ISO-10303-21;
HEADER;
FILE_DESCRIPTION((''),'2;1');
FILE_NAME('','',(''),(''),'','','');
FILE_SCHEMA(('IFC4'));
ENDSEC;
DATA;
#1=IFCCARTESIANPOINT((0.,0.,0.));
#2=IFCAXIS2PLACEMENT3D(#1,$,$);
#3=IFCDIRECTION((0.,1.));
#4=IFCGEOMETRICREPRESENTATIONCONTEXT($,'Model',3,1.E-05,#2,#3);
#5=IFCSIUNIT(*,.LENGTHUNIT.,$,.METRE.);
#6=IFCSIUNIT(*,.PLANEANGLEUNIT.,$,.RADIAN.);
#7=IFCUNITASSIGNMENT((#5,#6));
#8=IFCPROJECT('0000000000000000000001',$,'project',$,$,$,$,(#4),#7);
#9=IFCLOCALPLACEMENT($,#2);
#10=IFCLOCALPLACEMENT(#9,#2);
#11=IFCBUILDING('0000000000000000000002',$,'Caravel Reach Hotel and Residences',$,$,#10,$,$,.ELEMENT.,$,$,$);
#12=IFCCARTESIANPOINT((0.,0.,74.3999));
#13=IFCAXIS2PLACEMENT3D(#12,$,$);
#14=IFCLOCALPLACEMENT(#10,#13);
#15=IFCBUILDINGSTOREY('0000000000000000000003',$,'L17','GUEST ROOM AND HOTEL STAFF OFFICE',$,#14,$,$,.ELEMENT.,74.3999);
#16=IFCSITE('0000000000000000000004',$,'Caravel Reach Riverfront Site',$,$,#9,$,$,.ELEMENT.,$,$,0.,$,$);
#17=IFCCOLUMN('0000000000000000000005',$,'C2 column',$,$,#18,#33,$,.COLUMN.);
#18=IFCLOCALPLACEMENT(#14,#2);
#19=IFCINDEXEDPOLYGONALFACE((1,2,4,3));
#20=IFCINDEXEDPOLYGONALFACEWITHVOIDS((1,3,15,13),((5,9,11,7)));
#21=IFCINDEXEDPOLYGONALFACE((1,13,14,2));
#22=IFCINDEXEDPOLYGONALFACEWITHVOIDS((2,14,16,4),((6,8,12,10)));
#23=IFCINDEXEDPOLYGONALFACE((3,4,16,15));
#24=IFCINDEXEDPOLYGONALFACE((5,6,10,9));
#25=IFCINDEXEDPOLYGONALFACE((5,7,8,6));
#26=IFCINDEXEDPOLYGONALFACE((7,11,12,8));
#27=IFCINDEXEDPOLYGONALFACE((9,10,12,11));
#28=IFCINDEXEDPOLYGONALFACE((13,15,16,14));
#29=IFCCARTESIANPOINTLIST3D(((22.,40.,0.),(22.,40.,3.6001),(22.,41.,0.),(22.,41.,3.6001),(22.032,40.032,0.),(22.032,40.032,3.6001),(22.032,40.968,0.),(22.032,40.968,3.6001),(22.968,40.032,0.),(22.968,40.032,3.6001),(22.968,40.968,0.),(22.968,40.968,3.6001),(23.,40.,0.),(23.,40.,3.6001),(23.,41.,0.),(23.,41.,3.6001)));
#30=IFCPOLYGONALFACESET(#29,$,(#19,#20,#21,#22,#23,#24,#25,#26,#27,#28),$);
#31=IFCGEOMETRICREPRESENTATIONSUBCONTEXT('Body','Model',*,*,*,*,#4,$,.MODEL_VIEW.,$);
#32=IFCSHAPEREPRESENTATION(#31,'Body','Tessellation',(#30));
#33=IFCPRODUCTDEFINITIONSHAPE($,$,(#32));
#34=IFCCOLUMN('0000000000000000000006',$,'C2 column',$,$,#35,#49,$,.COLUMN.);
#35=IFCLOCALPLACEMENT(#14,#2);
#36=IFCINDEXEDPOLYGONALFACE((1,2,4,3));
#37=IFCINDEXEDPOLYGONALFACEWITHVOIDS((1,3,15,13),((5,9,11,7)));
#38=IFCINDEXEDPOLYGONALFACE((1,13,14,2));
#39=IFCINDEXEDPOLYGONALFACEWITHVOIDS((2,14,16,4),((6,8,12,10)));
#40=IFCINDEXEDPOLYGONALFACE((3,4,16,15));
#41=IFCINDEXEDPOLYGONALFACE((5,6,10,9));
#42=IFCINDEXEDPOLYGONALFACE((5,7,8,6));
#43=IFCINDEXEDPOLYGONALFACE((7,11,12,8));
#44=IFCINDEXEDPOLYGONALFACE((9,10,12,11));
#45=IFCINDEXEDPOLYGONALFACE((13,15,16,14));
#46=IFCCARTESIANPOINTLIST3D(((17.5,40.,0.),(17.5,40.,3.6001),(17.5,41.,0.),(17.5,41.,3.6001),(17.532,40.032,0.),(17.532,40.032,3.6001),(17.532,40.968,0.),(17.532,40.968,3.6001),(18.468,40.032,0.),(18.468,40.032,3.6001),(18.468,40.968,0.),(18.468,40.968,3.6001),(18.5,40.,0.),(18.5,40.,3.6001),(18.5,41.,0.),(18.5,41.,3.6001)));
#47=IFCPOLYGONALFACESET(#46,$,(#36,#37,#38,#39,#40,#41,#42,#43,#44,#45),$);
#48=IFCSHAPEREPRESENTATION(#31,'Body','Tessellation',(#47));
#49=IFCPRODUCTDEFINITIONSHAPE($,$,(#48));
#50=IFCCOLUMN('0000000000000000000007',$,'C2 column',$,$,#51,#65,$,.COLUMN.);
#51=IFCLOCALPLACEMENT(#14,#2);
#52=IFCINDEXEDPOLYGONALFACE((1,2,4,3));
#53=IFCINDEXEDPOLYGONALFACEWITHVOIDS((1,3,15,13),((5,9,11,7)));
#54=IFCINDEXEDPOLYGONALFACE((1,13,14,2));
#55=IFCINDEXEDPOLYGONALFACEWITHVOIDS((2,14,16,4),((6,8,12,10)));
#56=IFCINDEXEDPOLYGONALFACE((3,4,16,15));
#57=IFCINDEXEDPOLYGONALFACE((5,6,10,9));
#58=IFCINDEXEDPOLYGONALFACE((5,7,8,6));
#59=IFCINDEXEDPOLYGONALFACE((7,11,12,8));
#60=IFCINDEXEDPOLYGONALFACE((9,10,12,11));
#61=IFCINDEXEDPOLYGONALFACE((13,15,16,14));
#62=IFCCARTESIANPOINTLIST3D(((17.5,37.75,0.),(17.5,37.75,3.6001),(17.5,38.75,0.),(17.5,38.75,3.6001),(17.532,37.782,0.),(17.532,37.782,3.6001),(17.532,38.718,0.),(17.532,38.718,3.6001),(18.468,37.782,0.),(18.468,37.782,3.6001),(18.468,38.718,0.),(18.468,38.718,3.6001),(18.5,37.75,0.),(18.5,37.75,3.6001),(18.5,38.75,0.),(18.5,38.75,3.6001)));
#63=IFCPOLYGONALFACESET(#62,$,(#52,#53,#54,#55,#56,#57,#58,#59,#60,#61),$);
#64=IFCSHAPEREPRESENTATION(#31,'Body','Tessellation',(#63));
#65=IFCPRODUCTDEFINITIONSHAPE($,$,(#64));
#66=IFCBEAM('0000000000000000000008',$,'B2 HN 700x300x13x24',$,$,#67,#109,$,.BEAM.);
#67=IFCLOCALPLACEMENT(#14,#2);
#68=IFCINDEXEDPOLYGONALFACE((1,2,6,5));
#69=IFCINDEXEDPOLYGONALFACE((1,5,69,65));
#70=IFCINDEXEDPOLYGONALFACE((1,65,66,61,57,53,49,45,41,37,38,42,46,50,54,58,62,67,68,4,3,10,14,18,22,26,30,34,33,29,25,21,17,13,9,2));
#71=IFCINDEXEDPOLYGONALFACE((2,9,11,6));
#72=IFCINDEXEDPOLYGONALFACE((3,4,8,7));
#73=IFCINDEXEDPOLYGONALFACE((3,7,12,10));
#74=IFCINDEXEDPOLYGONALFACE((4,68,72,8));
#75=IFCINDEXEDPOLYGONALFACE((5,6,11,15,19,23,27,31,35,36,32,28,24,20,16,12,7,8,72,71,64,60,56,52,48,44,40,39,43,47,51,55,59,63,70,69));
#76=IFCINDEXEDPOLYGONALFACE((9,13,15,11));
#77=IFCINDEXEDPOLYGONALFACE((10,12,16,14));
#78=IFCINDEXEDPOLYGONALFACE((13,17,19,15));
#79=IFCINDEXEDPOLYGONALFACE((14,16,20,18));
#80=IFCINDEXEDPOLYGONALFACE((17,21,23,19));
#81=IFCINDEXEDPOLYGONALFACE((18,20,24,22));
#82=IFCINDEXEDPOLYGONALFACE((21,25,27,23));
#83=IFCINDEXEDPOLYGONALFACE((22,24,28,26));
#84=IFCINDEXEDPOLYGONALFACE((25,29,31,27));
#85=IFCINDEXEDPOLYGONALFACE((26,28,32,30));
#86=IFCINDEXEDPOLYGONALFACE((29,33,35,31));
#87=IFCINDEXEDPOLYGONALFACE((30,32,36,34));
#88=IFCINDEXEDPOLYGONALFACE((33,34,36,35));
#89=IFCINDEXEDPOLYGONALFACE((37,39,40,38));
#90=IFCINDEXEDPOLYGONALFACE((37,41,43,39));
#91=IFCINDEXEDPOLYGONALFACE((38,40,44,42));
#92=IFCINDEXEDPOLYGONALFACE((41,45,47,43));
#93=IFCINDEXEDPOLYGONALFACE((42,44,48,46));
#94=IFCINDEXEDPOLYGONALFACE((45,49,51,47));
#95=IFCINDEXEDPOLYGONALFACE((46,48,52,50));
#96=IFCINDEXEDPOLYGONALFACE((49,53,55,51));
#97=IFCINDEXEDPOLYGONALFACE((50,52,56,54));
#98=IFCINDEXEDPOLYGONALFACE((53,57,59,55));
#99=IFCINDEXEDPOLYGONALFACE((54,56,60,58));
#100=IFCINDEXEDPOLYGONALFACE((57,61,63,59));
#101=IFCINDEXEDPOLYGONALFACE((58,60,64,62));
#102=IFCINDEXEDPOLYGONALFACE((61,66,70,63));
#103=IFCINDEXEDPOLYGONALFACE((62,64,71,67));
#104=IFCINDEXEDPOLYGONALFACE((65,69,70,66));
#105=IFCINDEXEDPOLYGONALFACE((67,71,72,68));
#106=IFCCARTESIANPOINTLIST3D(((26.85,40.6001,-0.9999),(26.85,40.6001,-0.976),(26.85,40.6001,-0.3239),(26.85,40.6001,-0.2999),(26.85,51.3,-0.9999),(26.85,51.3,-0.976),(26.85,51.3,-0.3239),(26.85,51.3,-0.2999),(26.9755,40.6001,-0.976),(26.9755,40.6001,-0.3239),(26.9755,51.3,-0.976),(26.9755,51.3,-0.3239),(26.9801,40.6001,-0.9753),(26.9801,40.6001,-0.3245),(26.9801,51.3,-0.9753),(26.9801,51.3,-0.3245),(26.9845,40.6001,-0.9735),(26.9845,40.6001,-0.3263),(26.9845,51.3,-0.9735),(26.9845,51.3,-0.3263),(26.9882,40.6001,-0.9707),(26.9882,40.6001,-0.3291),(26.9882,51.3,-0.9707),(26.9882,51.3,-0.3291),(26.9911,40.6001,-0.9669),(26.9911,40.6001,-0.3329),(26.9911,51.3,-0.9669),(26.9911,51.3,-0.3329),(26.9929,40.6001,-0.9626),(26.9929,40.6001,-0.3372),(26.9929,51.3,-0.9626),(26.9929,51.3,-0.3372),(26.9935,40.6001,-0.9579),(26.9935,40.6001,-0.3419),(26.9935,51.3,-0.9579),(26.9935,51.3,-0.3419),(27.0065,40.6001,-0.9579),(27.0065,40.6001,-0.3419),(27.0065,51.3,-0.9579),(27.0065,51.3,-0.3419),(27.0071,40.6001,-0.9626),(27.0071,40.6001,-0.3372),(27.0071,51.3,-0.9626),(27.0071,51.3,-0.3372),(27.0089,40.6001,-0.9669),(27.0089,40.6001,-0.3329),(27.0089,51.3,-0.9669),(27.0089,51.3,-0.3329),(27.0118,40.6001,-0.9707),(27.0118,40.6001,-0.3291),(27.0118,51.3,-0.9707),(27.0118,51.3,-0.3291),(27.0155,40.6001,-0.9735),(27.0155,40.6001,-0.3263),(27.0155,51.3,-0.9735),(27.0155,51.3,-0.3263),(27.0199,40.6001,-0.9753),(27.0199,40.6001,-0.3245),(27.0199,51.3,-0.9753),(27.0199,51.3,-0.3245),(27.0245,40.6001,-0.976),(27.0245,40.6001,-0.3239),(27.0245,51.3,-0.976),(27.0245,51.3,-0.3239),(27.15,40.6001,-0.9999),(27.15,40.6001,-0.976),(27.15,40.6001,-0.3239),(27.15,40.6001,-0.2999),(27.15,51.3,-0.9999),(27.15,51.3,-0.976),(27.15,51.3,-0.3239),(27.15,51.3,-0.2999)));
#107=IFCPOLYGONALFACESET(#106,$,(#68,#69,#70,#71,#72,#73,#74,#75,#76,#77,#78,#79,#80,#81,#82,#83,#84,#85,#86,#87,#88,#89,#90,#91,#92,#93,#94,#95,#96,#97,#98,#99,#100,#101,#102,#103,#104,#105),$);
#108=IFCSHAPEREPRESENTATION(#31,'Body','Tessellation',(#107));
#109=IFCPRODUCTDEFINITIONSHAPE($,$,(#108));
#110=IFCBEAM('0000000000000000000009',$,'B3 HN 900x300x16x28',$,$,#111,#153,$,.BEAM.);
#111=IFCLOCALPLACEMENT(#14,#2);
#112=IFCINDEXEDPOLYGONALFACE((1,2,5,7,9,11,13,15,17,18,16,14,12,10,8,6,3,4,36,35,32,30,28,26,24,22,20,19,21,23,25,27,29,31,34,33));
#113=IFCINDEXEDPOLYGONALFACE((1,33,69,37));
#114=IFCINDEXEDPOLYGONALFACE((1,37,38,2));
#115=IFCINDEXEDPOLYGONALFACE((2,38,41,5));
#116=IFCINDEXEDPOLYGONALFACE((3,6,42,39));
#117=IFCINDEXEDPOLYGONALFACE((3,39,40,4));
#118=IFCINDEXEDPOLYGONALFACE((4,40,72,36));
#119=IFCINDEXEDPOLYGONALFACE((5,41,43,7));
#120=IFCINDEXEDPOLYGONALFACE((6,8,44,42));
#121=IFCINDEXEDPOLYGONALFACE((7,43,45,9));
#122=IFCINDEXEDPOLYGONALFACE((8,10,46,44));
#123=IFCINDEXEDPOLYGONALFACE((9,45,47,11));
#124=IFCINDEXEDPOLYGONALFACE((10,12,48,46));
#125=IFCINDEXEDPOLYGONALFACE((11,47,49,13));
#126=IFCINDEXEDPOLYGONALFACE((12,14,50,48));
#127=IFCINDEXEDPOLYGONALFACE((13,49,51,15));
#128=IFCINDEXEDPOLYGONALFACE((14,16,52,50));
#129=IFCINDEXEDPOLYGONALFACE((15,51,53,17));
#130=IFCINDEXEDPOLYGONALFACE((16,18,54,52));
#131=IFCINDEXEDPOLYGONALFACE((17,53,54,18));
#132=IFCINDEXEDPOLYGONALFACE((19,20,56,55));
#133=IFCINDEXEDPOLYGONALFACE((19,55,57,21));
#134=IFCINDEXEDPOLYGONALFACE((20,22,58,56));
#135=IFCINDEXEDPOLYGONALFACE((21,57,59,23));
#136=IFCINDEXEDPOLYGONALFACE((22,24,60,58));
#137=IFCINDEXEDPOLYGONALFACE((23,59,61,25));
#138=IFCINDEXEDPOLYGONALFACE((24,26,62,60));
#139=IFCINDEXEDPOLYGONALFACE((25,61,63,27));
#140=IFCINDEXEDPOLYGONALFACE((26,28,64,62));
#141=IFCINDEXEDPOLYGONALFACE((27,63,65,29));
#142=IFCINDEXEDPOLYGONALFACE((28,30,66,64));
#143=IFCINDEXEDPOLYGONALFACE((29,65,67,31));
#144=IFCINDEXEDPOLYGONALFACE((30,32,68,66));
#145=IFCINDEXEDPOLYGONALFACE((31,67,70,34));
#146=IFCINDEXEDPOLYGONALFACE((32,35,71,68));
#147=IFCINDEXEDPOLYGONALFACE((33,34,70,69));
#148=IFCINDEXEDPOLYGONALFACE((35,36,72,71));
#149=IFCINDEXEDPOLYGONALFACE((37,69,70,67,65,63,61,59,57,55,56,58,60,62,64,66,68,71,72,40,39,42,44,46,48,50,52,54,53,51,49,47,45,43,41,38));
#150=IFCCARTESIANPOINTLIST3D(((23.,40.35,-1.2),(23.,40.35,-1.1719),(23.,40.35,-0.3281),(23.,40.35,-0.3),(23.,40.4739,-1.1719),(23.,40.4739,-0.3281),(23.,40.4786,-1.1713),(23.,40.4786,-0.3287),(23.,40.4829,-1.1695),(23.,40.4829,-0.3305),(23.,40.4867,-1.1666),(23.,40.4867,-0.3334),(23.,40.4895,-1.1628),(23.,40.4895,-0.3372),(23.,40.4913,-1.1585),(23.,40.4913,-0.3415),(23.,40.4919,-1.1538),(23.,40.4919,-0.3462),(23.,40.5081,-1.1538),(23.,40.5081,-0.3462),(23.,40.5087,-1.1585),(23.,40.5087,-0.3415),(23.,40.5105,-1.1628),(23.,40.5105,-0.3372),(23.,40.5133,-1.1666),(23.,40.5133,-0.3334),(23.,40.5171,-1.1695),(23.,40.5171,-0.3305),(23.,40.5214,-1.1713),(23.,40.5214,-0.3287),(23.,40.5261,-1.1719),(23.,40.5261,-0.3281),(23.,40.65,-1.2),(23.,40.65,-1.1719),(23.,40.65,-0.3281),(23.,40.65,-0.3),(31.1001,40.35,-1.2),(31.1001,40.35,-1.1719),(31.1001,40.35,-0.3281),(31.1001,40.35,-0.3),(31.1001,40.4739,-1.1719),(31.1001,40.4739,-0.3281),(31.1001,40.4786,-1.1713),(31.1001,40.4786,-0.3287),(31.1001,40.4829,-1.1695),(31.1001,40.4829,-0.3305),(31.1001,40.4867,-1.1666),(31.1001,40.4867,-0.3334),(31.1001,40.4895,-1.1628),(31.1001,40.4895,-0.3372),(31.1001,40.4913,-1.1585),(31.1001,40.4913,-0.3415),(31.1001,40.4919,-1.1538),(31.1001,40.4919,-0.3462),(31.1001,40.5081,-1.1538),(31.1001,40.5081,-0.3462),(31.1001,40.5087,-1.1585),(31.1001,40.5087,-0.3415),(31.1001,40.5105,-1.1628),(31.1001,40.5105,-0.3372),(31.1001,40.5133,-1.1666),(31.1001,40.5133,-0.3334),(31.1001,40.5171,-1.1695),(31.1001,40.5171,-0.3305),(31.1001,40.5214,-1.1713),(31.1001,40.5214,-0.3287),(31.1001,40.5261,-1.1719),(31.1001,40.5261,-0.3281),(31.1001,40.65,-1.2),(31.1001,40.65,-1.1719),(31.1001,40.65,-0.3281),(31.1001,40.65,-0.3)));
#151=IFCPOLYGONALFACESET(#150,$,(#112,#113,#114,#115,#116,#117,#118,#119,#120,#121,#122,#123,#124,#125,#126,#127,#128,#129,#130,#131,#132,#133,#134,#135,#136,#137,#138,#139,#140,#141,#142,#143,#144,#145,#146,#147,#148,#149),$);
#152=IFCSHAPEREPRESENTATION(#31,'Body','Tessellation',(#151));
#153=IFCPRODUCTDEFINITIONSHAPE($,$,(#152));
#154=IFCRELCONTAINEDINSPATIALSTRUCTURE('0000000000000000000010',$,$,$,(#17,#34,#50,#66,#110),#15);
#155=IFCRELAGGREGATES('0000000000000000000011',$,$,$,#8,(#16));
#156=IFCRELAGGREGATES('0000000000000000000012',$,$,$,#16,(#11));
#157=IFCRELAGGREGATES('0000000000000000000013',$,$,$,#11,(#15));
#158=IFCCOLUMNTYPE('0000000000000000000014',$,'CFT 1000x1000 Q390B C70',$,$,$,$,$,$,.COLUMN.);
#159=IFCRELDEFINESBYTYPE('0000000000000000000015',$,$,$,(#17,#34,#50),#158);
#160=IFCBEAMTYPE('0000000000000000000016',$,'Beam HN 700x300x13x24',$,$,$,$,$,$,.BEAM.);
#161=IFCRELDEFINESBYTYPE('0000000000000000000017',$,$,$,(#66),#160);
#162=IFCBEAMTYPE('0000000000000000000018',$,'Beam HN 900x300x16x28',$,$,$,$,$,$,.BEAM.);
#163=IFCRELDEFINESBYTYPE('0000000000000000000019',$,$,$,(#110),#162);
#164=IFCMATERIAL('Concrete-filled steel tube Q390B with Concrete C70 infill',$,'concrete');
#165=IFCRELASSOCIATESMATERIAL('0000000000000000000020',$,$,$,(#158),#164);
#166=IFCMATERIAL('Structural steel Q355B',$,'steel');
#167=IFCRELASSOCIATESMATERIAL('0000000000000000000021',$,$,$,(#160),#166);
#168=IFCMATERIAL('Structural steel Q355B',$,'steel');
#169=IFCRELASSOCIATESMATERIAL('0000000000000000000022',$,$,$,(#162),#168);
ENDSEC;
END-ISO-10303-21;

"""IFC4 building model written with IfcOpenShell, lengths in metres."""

from ifc_helpers import new_model, si_unit, direction, frame, origin, origin_2d, place, context, subcontext, project, spatial, hollow_rectangle, i_section, extrude, material, material_profile, profile_set, type_object, element, save


model = new_model("IFC4")

# Units and contexts
model_context = context("Model", 3, precision=1e-05, world=origin(), true_north=direction((0.0, 1.0)))
body_context = subcontext(model_context, "Body", "Model", "MODEL_VIEW")
ifc_project = project(units=[si_unit("LENGTHUNIT", "METRE"), si_unit("PLANEANGLEUNIT", "RADIAN")], contexts=[model_context])

# Site, building, storey
site_placement = place(None, origin())
site = spatial("IfcSite", under=ifc_project, at=site_placement, Name="Caravel Reach Riverfront Site", CompositionType="ELEMENT", RefElevation=0.0)
building_placement = place(site_placement, origin())
building = spatial("IfcBuilding", under=site, at=building_placement, Name="Caravel Reach Hotel and Residences", CompositionType="ELEMENT")
storey_placement = place(building_placement, frame((0.0, 0.0, 74.3999)))
storey = spatial("IfcBuildingStorey", under=building, at=storey_placement, Name="L17", Description="GUEST ROOM AND HOTEL STAFF OFFICE", CompositionType="ELEMENT", Elevation=74.3999)

# Columns
ifc_material_1 = material(Name="Concrete-filled steel tube Q390B with Concrete C70 infill", Category="concrete")
ifc_material_profile_1 = material_profile(ifc_material_1, hollow_rectangle(XDim=1.0, YDim=1.0, WallThickness=0.032, at=origin_2d()), Name="RHS 1000x1000x32")
ifc_profile_set_1 = profile_set([ifc_material_profile_1], Name="Concrete-filled steel tube Q390B with Concrete C70 infill")
column_type = type_object("IfcColumnType", Name="CFT 1000x1000 Q390B C70", PredefinedType="COLUMN", material=ifc_profile_set_1)
for number, where, z_axis, x_axis, name in (
    (1, (22.5, 40.5, 0.0), (0.0, 0.0, 1.0), (1.0, 0.0, 0.0), "C2 column"),
    (2, (18.0, 40.5, 0.0), (0.0, 0.0, 1.0), (1.0, 0.0, 0.0), "C2 column"),
    (3, (18.0, 38.25, 0.0), (0.0, 0.0, 1.0), (1.0, 0.0, 0.0), "C2 column"),
):
    element("IfcColumn", number, at=place(storey_placement, frame(where, z_axis=z_axis, x_axis=x_axis)), inside=storey, type_object=column_type, Name=name, PredefinedType="COLUMN", context=body_context, shape_type="SweptSolid", body=[
        extrude(hollow_rectangle(XDim=1.0, YDim=1.0, WallThickness=0.032, at=origin_2d()), origin(), (0.0, 0.0, 1.0), 3.6001),
    ])

# Beams
ifc_material_2 = material(Name="Structural steel Q355B", Category="steel")
ifc_material_profile_2 = material_profile(ifc_material_2, i_section(OverallWidth=0.3, OverallDepth=0.7, WebThickness=0.0129, FlangeThickness=0.0239, FilletRadius=0.0181, at=origin_2d()), Name="HN 700x300x13x24")
ifc_profile_set_2 = profile_set([ifc_material_profile_2], Name="Structural steel Q355B")
beam_type_1 = type_object("IfcBeamType", Name="Beam HN 700x300x13x24", PredefinedType="BEAM", material=ifc_profile_set_2)
beam_1_placement = place(storey_placement, frame((27.0, 40.6001, -0.6499), z_axis=(0.0, 1.0, 0.0), x_axis=(-1.0, 0.0, 0.0)))
element("IfcBeam", 4, at=beam_1_placement, inside=storey, type_object=beam_type_1, Name="B2 HN 700x300x13x24", PredefinedType="BEAM", context=body_context, shape_type="SweptSolid", body=[
    extrude(i_section(OverallWidth=0.3, OverallDepth=0.7, WebThickness=0.0129, FlangeThickness=0.0239, FilletRadius=0.0181, at=origin_2d()), origin(), (0.0, 0.0, 1.0), 10.7),
])
ifc_material_3 = material(Name="Structural steel Q355B", Category="steel")
ifc_material_profile_3 = material_profile(ifc_material_3, i_section(OverallWidth=0.3, OverallDepth=0.8999, WebThickness=0.0161, FlangeThickness=0.0281, FilletRadius=0.0181, at=origin_2d()), Name="HN 900x300x16x28")
ifc_profile_set_3 = profile_set([ifc_material_profile_3], Name="Structural steel Q355B")
beam_type_2 = type_object("IfcBeamType", Name="Beam HN 900x300x16x28", PredefinedType="BEAM", material=ifc_profile_set_3)
beam_2_placement = place(storey_placement, frame((23.0, 40.5, -0.75), z_axis=(1.0, 0.0, 0.0), x_axis=(0.0, 1.0, 0.0)))
element("IfcBeam", 5, at=beam_2_placement, inside=storey, type_object=beam_type_2, Name="B3 HN 900x300x16x28", PredefinedType="BEAM", context=body_context, shape_type="SweptSolid", body=[
    extrude(i_section(OverallWidth=0.3, OverallDepth=0.8999, WebThickness=0.0161, FlangeThickness=0.0281, FilletRadius=0.0181, at=origin_2d()), origin(), (0.0, 0.0, 1.0), 8.1001),
])

save(model, "model.ifc")
